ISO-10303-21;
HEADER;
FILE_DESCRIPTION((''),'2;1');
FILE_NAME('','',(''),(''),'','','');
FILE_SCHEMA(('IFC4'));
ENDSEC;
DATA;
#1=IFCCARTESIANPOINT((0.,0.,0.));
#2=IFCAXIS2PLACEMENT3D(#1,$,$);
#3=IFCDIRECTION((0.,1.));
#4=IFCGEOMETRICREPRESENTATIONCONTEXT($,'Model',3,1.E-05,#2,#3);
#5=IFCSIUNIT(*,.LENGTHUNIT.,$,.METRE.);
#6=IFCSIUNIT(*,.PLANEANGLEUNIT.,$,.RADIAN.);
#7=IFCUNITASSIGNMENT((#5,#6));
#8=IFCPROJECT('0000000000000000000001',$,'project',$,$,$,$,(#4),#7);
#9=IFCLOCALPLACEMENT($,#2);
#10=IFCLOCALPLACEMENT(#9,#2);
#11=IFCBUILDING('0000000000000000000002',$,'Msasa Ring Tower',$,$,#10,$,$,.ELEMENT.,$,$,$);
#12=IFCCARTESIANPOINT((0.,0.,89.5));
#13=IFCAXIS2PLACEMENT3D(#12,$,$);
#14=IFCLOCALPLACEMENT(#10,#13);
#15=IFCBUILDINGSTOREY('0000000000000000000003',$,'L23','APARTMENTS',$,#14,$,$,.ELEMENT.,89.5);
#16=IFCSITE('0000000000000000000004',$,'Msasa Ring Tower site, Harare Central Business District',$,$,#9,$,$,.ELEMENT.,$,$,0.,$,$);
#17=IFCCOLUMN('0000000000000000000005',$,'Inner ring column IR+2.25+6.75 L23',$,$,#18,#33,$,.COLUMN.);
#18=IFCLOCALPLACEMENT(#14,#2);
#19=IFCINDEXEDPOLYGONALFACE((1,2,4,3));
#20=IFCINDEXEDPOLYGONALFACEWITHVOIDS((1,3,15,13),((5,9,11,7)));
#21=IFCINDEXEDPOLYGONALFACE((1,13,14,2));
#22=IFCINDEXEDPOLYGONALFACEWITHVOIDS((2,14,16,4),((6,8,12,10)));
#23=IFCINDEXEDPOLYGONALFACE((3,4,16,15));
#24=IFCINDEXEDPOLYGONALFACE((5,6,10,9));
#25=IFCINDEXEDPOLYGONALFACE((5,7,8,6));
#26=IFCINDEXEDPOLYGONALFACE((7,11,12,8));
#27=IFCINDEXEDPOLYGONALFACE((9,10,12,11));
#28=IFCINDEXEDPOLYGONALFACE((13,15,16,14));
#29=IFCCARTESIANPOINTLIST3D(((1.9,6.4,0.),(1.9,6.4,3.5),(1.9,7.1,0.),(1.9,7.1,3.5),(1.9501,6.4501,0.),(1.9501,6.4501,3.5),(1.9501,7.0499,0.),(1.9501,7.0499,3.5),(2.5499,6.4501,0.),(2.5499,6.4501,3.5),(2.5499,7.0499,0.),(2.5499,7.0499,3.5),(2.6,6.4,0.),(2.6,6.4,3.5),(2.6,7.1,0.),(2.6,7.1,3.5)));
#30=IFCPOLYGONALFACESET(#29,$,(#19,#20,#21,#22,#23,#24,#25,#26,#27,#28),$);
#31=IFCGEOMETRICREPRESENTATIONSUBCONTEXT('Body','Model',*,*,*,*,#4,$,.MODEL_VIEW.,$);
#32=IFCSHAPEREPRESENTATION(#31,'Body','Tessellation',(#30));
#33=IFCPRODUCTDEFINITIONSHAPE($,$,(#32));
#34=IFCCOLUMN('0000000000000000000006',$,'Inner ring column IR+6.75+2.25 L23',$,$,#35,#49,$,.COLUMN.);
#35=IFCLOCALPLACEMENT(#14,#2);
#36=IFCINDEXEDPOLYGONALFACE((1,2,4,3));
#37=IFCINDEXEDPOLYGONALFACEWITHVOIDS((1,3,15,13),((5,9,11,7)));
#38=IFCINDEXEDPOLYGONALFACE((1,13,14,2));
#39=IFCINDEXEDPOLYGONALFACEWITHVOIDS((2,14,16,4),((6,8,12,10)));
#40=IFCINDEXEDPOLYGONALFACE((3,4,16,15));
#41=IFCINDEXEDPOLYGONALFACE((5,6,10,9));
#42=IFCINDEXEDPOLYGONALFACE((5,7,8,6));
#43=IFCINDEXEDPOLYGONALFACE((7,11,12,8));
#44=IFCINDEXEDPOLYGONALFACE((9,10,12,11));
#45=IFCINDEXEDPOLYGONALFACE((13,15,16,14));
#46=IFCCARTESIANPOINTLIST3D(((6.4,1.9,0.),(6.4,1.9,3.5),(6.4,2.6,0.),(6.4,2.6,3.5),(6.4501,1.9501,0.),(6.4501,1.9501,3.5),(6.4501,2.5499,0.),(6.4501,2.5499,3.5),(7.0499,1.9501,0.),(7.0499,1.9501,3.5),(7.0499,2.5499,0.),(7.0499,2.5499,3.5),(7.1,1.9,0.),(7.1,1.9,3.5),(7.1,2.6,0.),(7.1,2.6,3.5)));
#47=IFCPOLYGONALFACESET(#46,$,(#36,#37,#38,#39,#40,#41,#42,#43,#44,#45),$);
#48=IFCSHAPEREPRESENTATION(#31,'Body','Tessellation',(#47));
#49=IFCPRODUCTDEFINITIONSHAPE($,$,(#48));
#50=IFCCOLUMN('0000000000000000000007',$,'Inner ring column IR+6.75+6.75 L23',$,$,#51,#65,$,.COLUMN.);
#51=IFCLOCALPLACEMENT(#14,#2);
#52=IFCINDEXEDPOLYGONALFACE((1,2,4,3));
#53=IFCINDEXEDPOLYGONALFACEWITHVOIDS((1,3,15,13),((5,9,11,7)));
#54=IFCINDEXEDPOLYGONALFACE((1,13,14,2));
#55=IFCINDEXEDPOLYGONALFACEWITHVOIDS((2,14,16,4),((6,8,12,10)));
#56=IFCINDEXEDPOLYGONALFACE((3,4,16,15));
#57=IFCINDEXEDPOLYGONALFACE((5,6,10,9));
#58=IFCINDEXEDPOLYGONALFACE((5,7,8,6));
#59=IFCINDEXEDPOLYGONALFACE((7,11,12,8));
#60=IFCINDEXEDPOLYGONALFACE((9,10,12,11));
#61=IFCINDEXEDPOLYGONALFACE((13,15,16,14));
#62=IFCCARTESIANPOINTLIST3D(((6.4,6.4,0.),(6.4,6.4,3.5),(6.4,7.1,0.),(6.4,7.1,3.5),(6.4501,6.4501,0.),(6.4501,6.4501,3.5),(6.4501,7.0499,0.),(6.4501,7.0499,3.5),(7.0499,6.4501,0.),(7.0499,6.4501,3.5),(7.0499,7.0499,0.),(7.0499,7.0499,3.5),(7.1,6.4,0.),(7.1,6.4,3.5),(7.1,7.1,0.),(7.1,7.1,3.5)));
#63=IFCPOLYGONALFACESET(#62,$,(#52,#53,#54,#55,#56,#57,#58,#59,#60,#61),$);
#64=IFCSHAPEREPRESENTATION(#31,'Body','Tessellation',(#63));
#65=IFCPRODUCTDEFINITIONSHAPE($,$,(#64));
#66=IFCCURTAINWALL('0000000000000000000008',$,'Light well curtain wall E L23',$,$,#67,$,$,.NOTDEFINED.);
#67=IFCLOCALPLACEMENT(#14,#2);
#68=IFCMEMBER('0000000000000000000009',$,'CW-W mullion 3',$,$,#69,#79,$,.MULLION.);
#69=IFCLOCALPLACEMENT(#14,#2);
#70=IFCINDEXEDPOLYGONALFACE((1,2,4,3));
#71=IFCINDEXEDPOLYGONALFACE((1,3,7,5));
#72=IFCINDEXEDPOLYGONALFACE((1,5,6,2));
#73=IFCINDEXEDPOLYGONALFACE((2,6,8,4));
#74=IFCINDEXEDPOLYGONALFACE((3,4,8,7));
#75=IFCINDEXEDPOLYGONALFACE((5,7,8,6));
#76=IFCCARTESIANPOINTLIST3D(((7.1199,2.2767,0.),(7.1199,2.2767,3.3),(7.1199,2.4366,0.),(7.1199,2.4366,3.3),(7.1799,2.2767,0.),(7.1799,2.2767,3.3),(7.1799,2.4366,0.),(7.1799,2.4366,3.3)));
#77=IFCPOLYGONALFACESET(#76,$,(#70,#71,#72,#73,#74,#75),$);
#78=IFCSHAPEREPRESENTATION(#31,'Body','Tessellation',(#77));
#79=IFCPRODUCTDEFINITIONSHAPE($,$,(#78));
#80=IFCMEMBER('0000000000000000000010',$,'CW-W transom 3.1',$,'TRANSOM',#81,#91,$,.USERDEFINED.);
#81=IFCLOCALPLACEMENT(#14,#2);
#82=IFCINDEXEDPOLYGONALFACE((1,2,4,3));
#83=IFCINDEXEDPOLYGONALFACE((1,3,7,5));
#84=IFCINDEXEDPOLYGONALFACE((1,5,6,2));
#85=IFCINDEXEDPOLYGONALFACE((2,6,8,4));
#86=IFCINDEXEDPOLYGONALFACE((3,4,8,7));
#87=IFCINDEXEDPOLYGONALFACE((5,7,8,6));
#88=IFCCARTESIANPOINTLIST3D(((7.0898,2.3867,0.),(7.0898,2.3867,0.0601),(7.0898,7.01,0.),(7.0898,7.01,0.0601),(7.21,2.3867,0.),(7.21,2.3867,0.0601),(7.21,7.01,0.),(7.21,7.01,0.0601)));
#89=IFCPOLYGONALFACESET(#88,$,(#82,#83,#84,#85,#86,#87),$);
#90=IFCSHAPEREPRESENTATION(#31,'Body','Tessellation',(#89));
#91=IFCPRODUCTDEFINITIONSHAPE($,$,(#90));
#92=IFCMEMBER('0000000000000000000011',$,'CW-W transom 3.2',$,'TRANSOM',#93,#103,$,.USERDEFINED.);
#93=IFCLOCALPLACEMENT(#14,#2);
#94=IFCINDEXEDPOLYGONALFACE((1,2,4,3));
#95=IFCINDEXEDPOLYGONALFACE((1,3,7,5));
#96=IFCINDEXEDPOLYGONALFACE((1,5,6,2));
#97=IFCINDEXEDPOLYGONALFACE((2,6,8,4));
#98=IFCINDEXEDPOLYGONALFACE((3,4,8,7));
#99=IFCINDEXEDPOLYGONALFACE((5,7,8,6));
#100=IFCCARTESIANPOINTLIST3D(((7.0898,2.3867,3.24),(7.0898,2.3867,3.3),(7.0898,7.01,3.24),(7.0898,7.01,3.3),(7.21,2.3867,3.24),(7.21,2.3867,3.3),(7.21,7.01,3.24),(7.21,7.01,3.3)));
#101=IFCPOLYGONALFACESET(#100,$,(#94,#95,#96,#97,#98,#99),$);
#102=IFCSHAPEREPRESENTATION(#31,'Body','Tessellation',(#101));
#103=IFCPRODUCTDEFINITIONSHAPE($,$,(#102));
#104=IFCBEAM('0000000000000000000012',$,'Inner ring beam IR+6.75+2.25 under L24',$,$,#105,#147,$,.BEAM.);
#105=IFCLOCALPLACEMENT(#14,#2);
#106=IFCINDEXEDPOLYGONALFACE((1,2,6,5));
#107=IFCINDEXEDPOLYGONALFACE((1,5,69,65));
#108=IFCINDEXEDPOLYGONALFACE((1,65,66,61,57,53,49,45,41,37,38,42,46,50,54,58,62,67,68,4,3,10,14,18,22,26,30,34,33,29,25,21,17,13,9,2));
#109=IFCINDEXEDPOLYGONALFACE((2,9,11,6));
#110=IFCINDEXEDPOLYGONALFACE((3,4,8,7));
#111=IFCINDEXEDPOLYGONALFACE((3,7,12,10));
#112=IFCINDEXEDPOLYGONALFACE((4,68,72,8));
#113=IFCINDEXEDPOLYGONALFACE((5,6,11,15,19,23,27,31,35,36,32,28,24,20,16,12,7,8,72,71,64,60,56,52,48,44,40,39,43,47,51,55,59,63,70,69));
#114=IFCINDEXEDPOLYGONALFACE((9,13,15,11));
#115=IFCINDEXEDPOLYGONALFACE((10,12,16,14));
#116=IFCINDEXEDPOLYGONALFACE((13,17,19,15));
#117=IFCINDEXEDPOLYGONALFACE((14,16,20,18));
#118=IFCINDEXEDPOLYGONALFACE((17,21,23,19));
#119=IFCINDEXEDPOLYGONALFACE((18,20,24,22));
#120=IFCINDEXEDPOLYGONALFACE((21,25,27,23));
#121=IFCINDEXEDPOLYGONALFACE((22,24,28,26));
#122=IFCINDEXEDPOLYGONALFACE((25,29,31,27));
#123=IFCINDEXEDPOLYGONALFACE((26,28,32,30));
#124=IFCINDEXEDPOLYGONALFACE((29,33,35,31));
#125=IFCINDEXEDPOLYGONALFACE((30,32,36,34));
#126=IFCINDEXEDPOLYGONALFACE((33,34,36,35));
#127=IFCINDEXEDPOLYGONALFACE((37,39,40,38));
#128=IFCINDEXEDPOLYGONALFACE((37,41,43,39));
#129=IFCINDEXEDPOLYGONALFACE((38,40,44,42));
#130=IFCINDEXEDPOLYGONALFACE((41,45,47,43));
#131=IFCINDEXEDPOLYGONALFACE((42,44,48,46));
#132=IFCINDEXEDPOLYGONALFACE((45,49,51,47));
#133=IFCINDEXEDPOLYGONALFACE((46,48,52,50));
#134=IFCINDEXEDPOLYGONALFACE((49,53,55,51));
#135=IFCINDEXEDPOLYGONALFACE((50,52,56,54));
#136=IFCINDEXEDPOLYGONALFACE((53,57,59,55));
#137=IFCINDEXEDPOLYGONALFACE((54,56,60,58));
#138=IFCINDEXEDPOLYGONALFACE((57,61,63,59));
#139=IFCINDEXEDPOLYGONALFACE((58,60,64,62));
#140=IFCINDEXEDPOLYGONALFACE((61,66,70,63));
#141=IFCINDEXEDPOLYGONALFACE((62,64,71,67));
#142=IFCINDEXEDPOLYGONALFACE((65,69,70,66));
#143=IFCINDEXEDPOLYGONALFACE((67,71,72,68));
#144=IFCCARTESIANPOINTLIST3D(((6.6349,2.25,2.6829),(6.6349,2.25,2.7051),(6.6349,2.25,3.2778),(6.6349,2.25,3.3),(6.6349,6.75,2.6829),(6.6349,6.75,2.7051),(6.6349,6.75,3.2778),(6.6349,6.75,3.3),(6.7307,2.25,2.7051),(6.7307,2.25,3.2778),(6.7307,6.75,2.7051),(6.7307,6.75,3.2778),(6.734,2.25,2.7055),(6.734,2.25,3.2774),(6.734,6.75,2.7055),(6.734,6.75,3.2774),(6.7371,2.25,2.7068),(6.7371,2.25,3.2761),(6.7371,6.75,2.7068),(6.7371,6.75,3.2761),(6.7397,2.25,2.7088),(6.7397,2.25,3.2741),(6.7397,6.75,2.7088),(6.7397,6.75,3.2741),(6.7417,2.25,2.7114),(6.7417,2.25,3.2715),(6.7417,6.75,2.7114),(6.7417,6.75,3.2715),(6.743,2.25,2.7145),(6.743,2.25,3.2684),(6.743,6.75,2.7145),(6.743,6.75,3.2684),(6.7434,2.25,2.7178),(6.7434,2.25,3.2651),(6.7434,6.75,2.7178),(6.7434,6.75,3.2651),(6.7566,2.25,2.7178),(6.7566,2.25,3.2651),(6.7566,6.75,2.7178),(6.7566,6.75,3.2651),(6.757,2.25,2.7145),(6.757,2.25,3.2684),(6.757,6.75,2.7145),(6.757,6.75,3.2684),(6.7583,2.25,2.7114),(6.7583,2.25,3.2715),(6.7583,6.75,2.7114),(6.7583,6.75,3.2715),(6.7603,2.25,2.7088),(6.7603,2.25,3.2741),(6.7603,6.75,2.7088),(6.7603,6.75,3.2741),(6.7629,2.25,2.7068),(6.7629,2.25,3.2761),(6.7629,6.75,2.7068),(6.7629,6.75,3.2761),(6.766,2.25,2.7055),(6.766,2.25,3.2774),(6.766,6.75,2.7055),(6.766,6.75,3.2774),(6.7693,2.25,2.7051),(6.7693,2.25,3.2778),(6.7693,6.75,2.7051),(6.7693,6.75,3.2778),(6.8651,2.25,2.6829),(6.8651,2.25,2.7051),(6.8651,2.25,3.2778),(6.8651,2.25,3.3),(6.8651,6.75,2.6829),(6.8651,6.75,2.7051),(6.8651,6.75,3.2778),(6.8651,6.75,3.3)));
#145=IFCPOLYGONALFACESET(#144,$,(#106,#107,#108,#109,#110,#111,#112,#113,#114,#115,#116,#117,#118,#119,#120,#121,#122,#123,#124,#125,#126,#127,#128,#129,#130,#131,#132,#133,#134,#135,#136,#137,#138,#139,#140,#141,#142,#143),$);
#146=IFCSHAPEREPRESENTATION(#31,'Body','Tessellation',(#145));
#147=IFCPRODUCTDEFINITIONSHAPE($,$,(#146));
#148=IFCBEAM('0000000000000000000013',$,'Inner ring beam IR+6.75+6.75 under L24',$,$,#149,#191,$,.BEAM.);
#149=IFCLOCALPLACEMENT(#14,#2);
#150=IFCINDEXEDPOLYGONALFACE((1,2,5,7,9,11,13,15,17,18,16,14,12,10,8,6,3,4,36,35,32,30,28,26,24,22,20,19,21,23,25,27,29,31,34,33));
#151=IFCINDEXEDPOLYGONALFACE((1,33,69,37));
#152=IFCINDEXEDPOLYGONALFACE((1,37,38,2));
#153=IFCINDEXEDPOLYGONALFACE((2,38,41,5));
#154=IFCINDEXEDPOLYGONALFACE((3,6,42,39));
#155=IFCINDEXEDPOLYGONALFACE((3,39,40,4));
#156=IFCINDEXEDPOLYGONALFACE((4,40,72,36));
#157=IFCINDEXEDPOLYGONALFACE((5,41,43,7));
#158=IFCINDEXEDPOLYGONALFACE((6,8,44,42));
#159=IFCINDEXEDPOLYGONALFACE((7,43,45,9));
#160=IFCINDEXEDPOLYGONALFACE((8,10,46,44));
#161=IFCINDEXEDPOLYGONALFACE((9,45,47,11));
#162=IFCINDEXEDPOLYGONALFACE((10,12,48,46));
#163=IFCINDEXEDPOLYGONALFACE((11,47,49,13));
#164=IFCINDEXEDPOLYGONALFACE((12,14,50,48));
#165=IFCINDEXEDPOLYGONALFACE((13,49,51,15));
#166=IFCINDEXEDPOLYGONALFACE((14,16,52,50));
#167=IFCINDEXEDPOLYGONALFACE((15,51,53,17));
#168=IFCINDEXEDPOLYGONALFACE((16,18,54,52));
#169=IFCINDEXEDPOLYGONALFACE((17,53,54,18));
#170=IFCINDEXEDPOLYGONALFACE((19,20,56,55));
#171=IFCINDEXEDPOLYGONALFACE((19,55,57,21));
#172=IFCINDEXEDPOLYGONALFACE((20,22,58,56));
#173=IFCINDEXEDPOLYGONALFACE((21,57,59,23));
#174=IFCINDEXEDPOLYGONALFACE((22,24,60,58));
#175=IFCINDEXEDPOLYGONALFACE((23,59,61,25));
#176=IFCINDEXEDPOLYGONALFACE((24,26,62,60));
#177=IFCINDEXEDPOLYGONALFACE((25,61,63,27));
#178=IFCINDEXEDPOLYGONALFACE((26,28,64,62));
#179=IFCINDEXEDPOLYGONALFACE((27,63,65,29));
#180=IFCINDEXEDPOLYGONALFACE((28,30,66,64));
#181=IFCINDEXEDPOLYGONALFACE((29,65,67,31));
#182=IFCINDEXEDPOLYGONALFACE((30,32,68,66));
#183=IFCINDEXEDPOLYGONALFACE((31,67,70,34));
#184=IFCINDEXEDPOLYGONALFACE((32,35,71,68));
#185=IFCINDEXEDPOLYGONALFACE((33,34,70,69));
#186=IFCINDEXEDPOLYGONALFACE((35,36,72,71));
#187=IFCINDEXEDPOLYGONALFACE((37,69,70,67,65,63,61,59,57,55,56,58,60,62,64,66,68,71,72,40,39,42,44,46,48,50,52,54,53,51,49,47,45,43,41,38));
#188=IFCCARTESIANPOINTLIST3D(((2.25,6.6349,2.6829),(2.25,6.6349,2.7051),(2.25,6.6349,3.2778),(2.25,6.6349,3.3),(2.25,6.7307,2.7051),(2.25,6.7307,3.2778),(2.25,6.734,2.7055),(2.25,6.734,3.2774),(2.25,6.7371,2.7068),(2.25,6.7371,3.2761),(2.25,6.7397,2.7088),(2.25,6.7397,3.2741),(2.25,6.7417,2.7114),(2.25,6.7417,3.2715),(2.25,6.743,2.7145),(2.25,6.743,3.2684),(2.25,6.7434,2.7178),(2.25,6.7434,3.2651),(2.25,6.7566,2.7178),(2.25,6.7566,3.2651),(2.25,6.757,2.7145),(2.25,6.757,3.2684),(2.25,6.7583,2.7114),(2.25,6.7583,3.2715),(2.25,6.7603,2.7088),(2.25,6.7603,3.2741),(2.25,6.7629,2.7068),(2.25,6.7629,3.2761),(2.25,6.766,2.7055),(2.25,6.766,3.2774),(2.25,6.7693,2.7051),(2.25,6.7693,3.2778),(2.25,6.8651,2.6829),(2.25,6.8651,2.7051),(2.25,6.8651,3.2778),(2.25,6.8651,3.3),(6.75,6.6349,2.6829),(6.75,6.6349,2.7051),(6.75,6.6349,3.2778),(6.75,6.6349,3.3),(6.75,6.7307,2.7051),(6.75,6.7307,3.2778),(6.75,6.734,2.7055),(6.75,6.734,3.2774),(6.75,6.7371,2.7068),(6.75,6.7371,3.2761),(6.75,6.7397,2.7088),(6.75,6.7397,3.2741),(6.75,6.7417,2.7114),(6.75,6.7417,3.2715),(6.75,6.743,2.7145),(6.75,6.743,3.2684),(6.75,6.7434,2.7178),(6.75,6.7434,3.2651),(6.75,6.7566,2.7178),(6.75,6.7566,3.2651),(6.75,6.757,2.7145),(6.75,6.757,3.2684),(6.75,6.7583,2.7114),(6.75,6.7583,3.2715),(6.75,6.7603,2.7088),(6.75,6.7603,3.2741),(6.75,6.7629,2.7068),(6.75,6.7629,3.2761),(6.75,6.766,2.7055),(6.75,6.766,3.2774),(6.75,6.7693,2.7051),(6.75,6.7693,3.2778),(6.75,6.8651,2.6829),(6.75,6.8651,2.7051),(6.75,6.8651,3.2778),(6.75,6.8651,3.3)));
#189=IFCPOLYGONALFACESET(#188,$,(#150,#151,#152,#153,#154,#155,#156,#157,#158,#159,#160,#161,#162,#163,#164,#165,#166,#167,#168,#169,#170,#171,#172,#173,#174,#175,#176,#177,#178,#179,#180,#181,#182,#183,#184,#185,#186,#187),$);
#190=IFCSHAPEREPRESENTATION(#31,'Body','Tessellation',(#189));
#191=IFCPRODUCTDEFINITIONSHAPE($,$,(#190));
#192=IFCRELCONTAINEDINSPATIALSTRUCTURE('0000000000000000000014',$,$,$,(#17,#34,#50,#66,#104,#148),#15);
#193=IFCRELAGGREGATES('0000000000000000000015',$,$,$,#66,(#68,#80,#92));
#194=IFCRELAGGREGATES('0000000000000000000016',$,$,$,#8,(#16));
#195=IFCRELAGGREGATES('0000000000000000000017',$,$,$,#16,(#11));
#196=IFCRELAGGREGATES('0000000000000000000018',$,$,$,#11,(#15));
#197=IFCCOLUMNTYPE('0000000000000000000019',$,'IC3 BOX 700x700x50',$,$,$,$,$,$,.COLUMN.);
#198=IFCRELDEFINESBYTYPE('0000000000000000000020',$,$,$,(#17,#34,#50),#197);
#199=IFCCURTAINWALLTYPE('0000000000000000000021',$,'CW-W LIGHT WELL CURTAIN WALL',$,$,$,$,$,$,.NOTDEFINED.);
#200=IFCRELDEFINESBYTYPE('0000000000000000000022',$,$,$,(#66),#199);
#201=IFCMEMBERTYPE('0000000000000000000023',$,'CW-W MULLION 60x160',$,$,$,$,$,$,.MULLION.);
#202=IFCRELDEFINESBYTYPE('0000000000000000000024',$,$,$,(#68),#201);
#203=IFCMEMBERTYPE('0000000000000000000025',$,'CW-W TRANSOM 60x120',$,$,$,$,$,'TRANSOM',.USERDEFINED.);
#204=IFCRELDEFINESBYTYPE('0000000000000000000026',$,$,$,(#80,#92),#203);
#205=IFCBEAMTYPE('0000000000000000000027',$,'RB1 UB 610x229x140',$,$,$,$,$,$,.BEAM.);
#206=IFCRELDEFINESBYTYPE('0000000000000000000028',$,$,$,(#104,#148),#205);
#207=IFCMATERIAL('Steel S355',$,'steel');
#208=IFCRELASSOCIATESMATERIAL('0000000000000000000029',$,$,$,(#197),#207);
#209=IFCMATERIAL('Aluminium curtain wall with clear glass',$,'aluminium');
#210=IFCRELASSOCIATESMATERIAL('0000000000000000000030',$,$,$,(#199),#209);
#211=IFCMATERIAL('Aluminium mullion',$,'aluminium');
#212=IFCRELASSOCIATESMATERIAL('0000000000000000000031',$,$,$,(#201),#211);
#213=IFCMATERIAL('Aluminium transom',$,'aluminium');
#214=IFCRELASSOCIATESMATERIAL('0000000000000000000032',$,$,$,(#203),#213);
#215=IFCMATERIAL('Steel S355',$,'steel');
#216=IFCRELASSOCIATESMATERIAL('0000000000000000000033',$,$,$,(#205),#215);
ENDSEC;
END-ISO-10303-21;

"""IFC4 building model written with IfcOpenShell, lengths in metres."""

from ifc_helpers import new_model, si_unit, direction, frame, origin, origin_2d, place, context, subcontext, project, spatial, rectangle, hollow_rectangle, i_section, extrude, material, material_profile, profile_set, type_object, element, aggregate, save


model = new_model("IFC4")

# Units and contexts
model_context = context("Model", 3, precision=1e-05, world=origin(), true_north=direction((0.0, 1.0)))
body_context = subcontext(model_context, "Body", "Model", "MODEL_VIEW")
ifc_project = project(units=[si_unit("LENGTHUNIT", "METRE"), si_unit("PLANEANGLEUNIT", "RADIAN")], contexts=[model_context])

# Site, building, storey
site_placement = place(None, origin())
site = spatial("IfcSite", under=ifc_project, at=site_placement, Name="Msasa Ring Tower site, Harare Central Business District", CompositionType="ELEMENT", RefElevation=0.0)
building_placement = place(site_placement, origin())
building = spatial("IfcBuilding", under=site, at=building_placement, Name="Msasa Ring Tower", CompositionType="ELEMENT")
storey_placement = place(building_placement, frame((0.0, 0.0, 89.5)))
storey = spatial("IfcBuildingStorey", under=building, at=storey_placement, Name="L23", Description="APARTMENTS", CompositionType="ELEMENT", Elevation=89.5)

# Columns
ifc_material_1 = material(Name="Steel S355", Category="steel")
ifc_material_profile_1 = material_profile(ifc_material_1, hollow_rectangle(XDim=0.7, YDim=0.7, WallThickness=0.05, at=origin_2d()), Name="BOX 700x700x50")
ifc_profile_set_1 = profile_set([ifc_material_profile_1], Name="Steel S355")
column_type = type_object("IfcColumnType", Name="IC3 BOX 700x700x50", PredefinedType="COLUMN", material=ifc_profile_set_1)
for number, where, z_axis, x_axis, name in (
    (1, (2.25, 6.75, 0.0), (0.0, 0.0, 1.0), (1.0, 0.0, 0.0), "Inner ring column IR+2.25+6.75 L23"),
    (2, (6.75, 2.25, 0.0), (0.0, 0.0, 1.0), (1.0, 0.0, 0.0), "Inner ring column IR+6.75+2.25 L23"),
    (3, (6.75, 6.75, 0.0), (0.0, 0.0, 1.0), (1.0, 0.0, 0.0), "Inner ring column IR+6.75+6.75 L23"),
):
    element("IfcColumn", number, at=place(storey_placement, frame(where, z_axis=z_axis, x_axis=x_axis)), inside=storey, type_object=column_type, Name=name, PredefinedType="COLUMN", context=body_context, shape_type="SweptSolid", body=[
        extrude(hollow_rectangle(XDim=0.7, YDim=0.7, WallThickness=0.05, at=origin_2d()), origin(), (0.0, 0.0, 1.0), 3.5),
    ])

# Curtain wall, members
ifc_material_2 = material(Name="Aluminium curtain wall with clear glass", Category="aluminium")
curtain_wall_type = type_object("IfcCurtainWallType", Name="CW-W LIGHT WELL CURTAIN WALL", PredefinedType="NOTDEFINED", material=ifc_material_2)
curtain_wall_placement = place(storey_placement, origin())
curtain_wall = element("IfcCurtainWall", 4, at=curtain_wall_placement, inside=storey, type_object=curtain_wall_type, Name="Light well curtain wall E L23", PredefinedType="NOTDEFINED")
ifc_material_3 = material(Name="Aluminium mullion", Category="aluminium")
ifc_material_profile_2 = material_profile(ifc_material_3, rectangle(XDim=0.0601, YDim=0.1599, at=origin_2d()), Name="AL 60x160")
ifc_profile_set_2 = profile_set([ifc_material_profile_2], Name="Aluminium mullion")
member_type_1 = type_object("IfcMemberType", Name="CW-W MULLION 60x160", PredefinedType="MULLION", material=ifc_profile_set_2)
member_1_placement = place(storey_placement, frame((7.1499, 2.3567, 0.0), z_axis=(0.0, 0.0, 1.0), x_axis=(-1.0, 0.0, 0.0)))
member_1 = element("IfcMember", 5, at=member_1_placement, type_object=member_type_1, Name="CW-W mullion 3", PredefinedType="MULLION", context=body_context, shape_type="SweptSolid", body=[
    extrude(rectangle(XDim=0.0601, YDim=0.1599, at=origin_2d()), origin(), (0.0, 0.0, 1.0), 3.3),
])
ifc_material_4 = material(Name="Aluminium transom", Category="aluminium")
ifc_material_profile_3 = material_profile(ifc_material_4, rectangle(XDim=0.1201, YDim=0.0601, at=origin_2d()), Name="AL 60x120")
ifc_profile_set_3 = profile_set([ifc_material_profile_3], Name="Aluminium transom")
member_type_2 = type_object("IfcMemberType", Name="CW-W TRANSOM 60x120", ElementType="TRANSOM", PredefinedType="USERDEFINED", material=ifc_profile_set_3)
member_2_placement = place(storey_placement, frame((7.1499, 2.3867, 0.03), z_axis=(0.0, 1.0, 0.0), x_axis=(-1.0, 0.0, 0.0)))
member_2 = element("IfcMember", 6, at=member_2_placement, type_object=member_type_2, Name="CW-W transom 3.1", ObjectType="TRANSOM", PredefinedType="USERDEFINED", context=body_context, shape_type="SweptSolid", body=[
    extrude(rectangle(XDim=0.1201, YDim=0.0601, at=origin_2d()), origin(), (0.0, 0.0, 1.0), 4.6233),
])
member_3_placement = place(storey_placement, frame((7.1499, 2.3867, 3.27), z_axis=(0.0, 1.0, 0.0), x_axis=(-1.0, 0.0, 0.0)))
member_3 = element("IfcMember", 7, at=member_3_placement, type_object=member_type_2, Name="CW-W transom 3.2", ObjectType="TRANSOM", PredefinedType="USERDEFINED", context=body_context, shape_type="SweptSolid", body=[
    extrude(rectangle(XDim=0.1201, YDim=0.0601, at=origin_2d()), origin(), (0.0, 0.0, 1.0), 4.6233),
])

# Beams
ifc_material_5 = material(Name="Steel S355", Category="steel")
ifc_material_profile_4 = material_profile(ifc_material_5, i_section(OverallWidth=0.2302, OverallDepth=0.6172, WebThickness=0.0132, FlangeThickness=0.0222, FilletRadius=0.0127, at=origin_2d()), Name="UB 610x229x140")
ifc_profile_set_4 = profile_set([ifc_material_profile_4], Name="Steel S355")
beam_type = type_object("IfcBeamType", Name="RB1 UB 610x229x140", PredefinedType="BEAM", material=ifc_profile_set_4)
for number, where, z_axis, x_axis, name in (
    (8, (6.75, 2.25, 2.9915), (0.0, 1.0, 0.0), (-1.0, 0.0, 0.0), "Inner ring beam IR+6.75+2.25 under L24"),
    (9, (6.75, 6.75, 2.9915), (-1.0, 0.0, 0.0), (0.0, -1.0, 0.0), "Inner ring beam IR+6.75+6.75 under L24"),
):
    element("IfcBeam", number, at=place(storey_placement, frame(where, z_axis=z_axis, x_axis=x_axis)), inside=storey, type_object=beam_type, Name=name, PredefinedType="BEAM", context=body_context, shape_type="SweptSolid", body=[
        extrude(i_section(OverallWidth=0.2302, OverallDepth=0.6172, WebThickness=0.0132, FlangeThickness=0.0222, FilletRadius=0.0127, at=origin_2d()), origin(), (0.0, 0.0, 1.0), 4.5),
    ])

aggregate(curtain_wall, [member_1, member_2, member_3])

save(model, "model.ifc")
